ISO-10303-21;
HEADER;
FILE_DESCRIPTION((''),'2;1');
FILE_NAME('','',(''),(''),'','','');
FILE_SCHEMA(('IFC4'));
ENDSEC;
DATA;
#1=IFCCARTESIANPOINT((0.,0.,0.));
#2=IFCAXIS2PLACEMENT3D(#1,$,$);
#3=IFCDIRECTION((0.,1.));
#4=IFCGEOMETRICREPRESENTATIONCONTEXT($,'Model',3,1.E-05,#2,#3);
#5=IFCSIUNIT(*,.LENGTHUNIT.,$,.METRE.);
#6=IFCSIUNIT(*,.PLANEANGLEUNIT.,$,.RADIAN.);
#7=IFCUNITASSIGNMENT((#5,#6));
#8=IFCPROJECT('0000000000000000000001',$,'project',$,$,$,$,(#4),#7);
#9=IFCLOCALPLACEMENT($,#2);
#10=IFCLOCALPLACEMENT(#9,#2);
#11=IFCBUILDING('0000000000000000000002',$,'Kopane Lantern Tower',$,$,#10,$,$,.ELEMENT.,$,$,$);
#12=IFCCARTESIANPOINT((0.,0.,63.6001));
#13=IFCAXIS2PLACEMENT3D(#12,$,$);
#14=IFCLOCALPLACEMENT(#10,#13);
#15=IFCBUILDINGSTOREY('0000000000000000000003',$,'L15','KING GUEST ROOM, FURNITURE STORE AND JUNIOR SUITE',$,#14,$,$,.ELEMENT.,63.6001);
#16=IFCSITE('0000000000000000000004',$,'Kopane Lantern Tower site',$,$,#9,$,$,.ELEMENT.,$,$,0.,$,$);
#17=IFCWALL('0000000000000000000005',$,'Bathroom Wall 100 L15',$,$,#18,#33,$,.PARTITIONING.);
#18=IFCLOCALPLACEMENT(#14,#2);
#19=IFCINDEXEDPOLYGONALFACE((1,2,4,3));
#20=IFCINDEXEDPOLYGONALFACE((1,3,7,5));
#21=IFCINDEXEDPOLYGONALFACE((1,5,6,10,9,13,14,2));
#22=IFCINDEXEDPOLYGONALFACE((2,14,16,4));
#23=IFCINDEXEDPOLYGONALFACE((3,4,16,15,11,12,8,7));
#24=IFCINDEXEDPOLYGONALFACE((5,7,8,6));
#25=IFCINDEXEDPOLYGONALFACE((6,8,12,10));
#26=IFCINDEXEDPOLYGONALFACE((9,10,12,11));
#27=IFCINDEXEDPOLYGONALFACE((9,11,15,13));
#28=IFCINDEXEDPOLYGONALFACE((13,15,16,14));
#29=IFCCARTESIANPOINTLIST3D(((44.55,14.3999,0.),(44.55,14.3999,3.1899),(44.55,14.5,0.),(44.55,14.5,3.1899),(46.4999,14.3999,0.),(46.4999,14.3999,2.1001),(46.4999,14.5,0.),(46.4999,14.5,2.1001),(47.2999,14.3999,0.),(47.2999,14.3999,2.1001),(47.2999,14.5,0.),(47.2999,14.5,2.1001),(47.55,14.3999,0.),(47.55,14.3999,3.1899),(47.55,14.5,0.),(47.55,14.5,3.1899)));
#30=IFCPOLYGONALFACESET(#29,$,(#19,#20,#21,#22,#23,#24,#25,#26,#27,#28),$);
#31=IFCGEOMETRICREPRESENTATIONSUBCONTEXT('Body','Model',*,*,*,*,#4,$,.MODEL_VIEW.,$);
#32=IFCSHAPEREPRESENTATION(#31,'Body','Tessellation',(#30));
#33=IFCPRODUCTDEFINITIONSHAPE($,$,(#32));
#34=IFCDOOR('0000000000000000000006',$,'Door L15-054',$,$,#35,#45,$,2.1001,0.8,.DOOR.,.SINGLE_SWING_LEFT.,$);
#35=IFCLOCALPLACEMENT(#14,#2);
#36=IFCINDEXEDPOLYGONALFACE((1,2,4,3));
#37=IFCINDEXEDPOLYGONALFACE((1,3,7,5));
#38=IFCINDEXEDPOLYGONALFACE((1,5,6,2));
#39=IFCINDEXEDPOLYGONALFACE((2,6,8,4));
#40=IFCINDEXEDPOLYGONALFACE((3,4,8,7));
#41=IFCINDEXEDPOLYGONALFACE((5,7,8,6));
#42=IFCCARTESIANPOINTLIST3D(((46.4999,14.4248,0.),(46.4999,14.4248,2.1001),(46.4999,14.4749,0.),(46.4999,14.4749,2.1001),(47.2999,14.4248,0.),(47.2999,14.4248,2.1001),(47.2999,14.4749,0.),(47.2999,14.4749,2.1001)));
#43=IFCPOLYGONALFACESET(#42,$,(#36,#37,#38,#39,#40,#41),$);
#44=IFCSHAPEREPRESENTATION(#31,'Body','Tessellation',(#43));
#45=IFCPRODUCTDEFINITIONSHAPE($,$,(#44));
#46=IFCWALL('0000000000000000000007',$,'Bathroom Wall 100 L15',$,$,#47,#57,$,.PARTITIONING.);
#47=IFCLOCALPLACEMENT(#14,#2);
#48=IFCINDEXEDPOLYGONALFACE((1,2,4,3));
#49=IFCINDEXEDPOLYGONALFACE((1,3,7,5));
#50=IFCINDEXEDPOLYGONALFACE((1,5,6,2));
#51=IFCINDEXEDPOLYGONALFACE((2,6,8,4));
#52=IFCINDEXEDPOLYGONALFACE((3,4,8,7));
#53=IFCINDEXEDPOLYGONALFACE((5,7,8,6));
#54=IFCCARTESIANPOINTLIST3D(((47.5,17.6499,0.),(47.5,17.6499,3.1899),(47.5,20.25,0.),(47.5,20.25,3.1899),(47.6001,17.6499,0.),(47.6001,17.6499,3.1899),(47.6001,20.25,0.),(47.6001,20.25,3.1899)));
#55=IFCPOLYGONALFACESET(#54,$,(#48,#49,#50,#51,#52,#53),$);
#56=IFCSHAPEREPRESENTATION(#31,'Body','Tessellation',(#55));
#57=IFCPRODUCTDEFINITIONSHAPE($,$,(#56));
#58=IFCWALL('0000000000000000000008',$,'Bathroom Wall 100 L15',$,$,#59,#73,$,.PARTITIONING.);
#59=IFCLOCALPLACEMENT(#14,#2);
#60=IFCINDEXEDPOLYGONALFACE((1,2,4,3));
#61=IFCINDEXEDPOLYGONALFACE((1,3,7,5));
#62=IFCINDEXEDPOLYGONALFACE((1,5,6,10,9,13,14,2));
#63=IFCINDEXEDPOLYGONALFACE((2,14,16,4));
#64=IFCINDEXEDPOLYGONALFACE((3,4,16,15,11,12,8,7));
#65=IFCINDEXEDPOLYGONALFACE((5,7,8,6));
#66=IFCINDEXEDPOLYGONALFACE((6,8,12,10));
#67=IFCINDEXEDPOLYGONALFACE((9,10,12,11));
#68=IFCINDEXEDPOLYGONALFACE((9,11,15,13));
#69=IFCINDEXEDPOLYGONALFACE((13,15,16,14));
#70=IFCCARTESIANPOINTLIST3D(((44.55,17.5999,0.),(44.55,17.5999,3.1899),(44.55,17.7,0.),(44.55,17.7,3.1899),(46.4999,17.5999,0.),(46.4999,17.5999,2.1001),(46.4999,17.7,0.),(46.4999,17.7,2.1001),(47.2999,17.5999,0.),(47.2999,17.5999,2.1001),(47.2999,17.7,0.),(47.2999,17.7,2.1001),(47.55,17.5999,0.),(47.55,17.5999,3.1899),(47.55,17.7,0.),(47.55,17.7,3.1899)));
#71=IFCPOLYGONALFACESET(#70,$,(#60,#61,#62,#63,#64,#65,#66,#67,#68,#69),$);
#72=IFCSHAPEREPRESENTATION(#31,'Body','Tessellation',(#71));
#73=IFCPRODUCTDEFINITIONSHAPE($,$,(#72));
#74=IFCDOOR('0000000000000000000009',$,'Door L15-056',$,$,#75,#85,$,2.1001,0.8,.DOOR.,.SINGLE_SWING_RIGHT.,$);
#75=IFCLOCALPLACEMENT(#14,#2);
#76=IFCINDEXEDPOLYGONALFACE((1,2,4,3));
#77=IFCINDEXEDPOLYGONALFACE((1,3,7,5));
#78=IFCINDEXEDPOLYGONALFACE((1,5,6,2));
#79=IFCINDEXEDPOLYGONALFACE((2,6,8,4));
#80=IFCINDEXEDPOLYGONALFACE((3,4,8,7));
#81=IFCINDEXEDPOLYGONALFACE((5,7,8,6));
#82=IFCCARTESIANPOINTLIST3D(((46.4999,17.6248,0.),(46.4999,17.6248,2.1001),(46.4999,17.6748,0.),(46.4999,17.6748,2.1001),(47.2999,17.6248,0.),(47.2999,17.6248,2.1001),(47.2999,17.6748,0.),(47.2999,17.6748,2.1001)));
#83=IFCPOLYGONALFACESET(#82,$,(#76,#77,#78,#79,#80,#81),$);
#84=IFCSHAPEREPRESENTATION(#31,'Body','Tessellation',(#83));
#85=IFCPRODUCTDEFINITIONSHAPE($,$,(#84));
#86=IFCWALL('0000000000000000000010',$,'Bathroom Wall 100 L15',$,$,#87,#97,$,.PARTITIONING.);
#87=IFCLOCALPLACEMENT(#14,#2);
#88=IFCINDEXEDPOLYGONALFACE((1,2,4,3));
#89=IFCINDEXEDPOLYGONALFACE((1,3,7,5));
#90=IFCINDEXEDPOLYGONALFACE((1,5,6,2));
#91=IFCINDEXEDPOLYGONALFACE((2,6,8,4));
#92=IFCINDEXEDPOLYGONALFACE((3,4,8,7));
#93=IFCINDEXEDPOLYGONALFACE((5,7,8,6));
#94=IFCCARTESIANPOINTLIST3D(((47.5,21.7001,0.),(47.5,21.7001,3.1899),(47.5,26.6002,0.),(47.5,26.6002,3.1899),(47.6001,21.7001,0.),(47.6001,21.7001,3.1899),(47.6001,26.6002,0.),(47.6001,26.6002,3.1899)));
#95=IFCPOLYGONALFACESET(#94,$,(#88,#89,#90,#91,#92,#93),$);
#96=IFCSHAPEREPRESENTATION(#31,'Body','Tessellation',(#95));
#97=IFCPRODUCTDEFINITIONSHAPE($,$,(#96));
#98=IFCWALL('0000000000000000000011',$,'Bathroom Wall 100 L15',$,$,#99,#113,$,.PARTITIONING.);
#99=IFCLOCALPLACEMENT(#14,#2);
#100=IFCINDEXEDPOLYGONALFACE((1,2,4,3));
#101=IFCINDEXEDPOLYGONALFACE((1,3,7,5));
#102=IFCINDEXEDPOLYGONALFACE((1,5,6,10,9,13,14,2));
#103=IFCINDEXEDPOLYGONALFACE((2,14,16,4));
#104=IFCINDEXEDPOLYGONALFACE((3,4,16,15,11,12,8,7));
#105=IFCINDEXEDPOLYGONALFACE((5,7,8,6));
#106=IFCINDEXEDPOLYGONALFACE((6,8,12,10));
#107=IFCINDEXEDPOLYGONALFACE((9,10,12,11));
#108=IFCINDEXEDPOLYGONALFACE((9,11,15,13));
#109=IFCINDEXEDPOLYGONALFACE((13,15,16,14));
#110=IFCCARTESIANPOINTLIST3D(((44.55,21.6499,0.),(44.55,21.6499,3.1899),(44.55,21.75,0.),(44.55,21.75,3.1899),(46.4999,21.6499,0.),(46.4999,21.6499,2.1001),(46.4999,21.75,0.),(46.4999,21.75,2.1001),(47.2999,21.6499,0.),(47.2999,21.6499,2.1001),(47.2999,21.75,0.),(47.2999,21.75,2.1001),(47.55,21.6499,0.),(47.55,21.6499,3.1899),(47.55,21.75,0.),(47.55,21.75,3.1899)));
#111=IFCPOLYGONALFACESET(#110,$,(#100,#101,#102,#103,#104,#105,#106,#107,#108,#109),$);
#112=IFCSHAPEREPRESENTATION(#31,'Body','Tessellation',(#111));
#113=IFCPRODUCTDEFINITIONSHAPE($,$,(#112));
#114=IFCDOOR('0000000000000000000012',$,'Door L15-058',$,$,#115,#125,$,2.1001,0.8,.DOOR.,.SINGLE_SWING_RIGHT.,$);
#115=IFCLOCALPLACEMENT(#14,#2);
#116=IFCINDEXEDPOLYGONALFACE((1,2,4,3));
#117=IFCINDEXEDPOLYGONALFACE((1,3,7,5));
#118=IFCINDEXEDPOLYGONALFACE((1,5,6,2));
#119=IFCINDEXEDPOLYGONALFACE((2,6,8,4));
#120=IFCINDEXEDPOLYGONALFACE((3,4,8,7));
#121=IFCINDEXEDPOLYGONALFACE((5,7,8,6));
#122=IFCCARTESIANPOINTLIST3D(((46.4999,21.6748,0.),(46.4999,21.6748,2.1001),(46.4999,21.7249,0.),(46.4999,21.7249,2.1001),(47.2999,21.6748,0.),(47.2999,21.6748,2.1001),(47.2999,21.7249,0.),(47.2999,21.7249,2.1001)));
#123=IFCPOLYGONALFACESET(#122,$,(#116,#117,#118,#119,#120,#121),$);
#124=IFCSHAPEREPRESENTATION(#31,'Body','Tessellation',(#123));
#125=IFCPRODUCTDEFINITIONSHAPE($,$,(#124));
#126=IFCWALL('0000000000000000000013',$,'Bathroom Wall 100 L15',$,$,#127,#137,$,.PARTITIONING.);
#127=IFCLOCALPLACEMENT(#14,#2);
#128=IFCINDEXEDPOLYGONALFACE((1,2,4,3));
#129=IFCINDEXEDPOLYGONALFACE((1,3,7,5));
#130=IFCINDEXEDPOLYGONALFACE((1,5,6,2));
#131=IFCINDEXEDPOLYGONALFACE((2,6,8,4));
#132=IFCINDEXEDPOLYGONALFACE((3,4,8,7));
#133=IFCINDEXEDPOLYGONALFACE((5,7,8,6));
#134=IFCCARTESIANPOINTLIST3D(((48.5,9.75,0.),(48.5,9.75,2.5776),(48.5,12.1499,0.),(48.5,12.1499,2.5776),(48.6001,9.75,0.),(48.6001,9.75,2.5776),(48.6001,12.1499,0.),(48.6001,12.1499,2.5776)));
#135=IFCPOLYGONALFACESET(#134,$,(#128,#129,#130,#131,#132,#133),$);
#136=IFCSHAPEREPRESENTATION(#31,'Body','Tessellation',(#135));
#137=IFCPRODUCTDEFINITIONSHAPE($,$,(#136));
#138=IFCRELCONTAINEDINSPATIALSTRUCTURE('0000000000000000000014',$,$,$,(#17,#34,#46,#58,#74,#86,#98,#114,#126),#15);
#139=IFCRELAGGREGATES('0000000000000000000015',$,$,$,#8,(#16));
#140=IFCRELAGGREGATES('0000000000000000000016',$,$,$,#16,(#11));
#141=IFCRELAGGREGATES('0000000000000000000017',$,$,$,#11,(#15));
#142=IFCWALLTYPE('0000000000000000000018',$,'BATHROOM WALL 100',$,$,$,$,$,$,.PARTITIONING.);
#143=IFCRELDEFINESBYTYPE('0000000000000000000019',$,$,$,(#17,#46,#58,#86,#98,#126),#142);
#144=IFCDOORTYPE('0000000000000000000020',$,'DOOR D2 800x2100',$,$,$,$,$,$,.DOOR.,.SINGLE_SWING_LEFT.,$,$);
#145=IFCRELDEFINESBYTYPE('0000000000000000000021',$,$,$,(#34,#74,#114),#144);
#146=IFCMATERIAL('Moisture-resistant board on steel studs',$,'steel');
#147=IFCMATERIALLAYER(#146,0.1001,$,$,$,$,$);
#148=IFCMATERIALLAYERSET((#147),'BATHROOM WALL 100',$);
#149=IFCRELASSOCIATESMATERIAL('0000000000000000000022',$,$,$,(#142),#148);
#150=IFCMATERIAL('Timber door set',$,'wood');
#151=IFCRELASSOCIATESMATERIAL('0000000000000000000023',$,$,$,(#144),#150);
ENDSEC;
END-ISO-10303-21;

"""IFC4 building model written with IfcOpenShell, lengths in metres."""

from ifc_helpers import new_model, si_unit, direction, frame, frame_2d, origin, place, context, subcontext, project, spatial, rectangle, extrude, material, layer, layer_set, type_object, element, fill, save


model = new_model("IFC4")

# Units and contexts
model_context = context("Model", 3, precision=1e-05, world=origin(), true_north=direction((0.0, 1.0)))
body_context = subcontext(model_context, "Body", "Model", "MODEL_VIEW")
ifc_project = project(units=[si_unit("LENGTHUNIT", "METRE"), si_unit("PLANEANGLEUNIT", "RADIAN")], contexts=[model_context])

# Site, building, storey
site_placement = place(None, origin())
site = spatial("IfcSite", under=ifc_project, at=site_placement, Name="Kopane Lantern Tower site", CompositionType="ELEMENT", RefElevation=0.0)
building_placement = place(site_placement, origin())
building = spatial("IfcBuilding", under=site, at=building_placement, Name="Kopane Lantern Tower", CompositionType="ELEMENT")
storey_placement = place(building_placement, frame((0.0, 0.0, 63.6001)))
storey = spatial("IfcBuildingStorey", under=building, at=storey_placement, Name="L15", Description="KING GUEST ROOM, FURNITURE STORE AND JUNIOR SUITE", CompositionType="ELEMENT", Elevation=63.6001)

# Wall, opening, door
ifc_material_1 = material(Name="Moisture-resistant board on steel studs", Category="steel")
ifc_layer_1 = layer(ifc_material_1, 0.1001)
ifc_layer_set_1 = layer_set([ifc_layer_1], Name="BATHROOM WALL 100")
wall_type_1 = type_object("IfcWallType", Name="BATHROOM WALL 100", PredefinedType="PARTITIONING", material=ifc_layer_set_1)
wall_1_placement = place(storey_placement, frame((44.55, 14.45, 0.0), z_axis=(0.0, 0.0, 1.0), x_axis=(1.0, 0.0, 0.0)))
wall_1 = element("IfcWall", 1, at=wall_1_placement, inside=storey, type_object=wall_type_1, Name="Bathroom Wall 100 L15", PredefinedType="PARTITIONING", context=body_context, shape_type="SweptSolid", body=[
    extrude(rectangle(XDim=3.0, YDim=0.1001, at=frame_2d((1.5, 0.0))), origin(), (0.0, 0.0, 1.0), 3.1899),
])
opening_1_placement = place(wall_1_placement, frame((1.95, 0.0, 0.0)))
opening_1 = element("IfcOpeningElement", 2, at=opening_1_placement, cuts=wall_1, PredefinedType="OPENING", context=body_context, shape_type="SweptSolid", body=[
    extrude(rectangle(XDim=0.8, YDim=2.1001, at=frame_2d((0.3999, 1.05))), frame((0.0, 0.0601, 0.0), z_axis=(0.0, -1.0, 0.0), x_axis=(1.0, 0.0, 0.0)), (0.0, 0.0, 1.0), 0.1201),
])
ifc_material_2 = material(Name="Timber door set", Category="wood")
door_type_1 = type_object("IfcDoorType", Name="DOOR D2 800x2100", OperationType="SINGLE_SWING_LEFT", PredefinedType="DOOR", material=ifc_material_2)
door_1_placement = place(opening_1_placement, origin())
door_1 = element("IfcDoor", 3, at=door_1_placement, inside=storey, type_object=door_type_1, Name="Door L15-054", OperationType="SINGLE_SWING_LEFT", OverallHeight=2.1001, OverallWidth=0.8, PredefinedType="DOOR", context=body_context, shape_type="SweptSolid", body=[
    extrude(rectangle(XDim=0.8, YDim=2.1001, at=frame_2d((0.3999, 1.05))), frame((0.0, 0.0249, 0.0), z_axis=(0.0, -1.0, 0.0), x_axis=(1.0, 0.0, 0.0)), (0.0, 0.0, 1.0), 0.05),
])
fill(opening_1, door_1)

# Wall
wall_2_placement = place(storey_placement, frame((47.55, 17.6499, 0.0), z_axis=(0.0, 0.0, 1.0), x_axis=(0.0, 1.0, 0.0)))
element("IfcWall", 4, at=wall_2_placement, inside=storey, type_object=wall_type_1, Name="Bathroom Wall 100 L15", PredefinedType="PARTITIONING", context=body_context, shape_type="SweptSolid", body=[
    extrude(rectangle(XDim=2.6001, YDim=0.1001, at=frame_2d((1.3, 0.0))), origin(), (0.0, 0.0, 1.0), 3.1899),
])

# Wall, opening, door
wall_3_placement = place(storey_placement, frame((44.55, 17.6499, 0.0), z_axis=(0.0, 0.0, 1.0), x_axis=(1.0, 0.0, 0.0)))
wall_3 = element("IfcWall", 5, at=wall_3_placement, inside=storey, type_object=wall_type_1, Name="Bathroom Wall 100 L15", PredefinedType="PARTITIONING", context=body_context, shape_type="SweptSolid", body=[
    extrude(rectangle(XDim=3.0, YDim=0.1001, at=frame_2d((1.5, 0.0))), origin(), (0.0, 0.0, 1.0), 3.1899),
])
opening_2_placement = place(wall_3_placement, frame((1.95, 0.0, 0.0)))
opening_2 = element("IfcOpeningElement", 6, at=opening_2_placement, cuts=wall_3, PredefinedType="OPENING", context=body_context, shape_type="SweptSolid", body=[
    extrude(rectangle(XDim=0.8, YDim=2.1001, at=frame_2d((0.3999, 1.05))), frame((0.0, 0.0601, 0.0), z_axis=(0.0, -1.0, 0.0), x_axis=(1.0, 0.0, 0.0)), (0.0, 0.0, 1.0), 0.1201),
])
door_2_placement = place(opening_2_placement, origin())
door_2 = element("IfcDoor", 7, at=door_2_placement, inside=storey, type_object=door_type_1, Name="Door L15-056", OperationType="SINGLE_SWING_RIGHT", OverallHeight=2.1001, OverallWidth=0.8, PredefinedType="DOOR", context=body_context, shape_type="SweptSolid", body=[
    extrude(rectangle(XDim=0.8, YDim=2.1001, at=frame_2d((0.3999, 1.05))), frame((0.0, 0.0249, 0.0), z_axis=(0.0, -1.0, 0.0), x_axis=(1.0, 0.0, 0.0)), (0.0, 0.0, 1.0), 0.05),
])
fill(opening_2, door_2)

# Wall
wall_4_placement = place(storey_placement, frame((47.55, 21.7, 0.0), z_axis=(0.0, 0.0, 1.0), x_axis=(0.0, 1.0, 0.0)))
element("IfcWall", 8, at=wall_4_placement, inside=storey, type_object=wall_type_1, Name="Bathroom Wall 100 L15", PredefinedType="PARTITIONING", context=body_context, shape_type="SweptSolid", body=[
    extrude(rectangle(XDim=4.9001, YDim=0.1001, at=frame_2d((2.4502, 0.0))), origin(), (0.0, 0.0, 1.0), 3.1899),
])

# Wall, opening, door
wall_5_placement = place(storey_placement, frame((44.55, 21.7, 0.0), z_axis=(0.0, 0.0, 1.0), x_axis=(1.0, 0.0, 0.0)))
wall_5 = element("IfcWall", 9, at=wall_5_placement, inside=storey, type_object=wall_type_1, Name="Bathroom Wall 100 L15", PredefinedType="PARTITIONING", context=body_context, shape_type="SweptSolid", body=[
    extrude(rectangle(XDim=3.0, YDim=0.1001, at=frame_2d((1.5, 0.0))), origin(), (0.0, 0.0, 1.0), 3.1899),
])
opening_3_placement = place(wall_5_placement, frame((1.95, 0.0, 0.0)))
opening_3 = element("IfcOpeningElement", 10, at=opening_3_placement, cuts=wall_5, PredefinedType="OPENING", context=body_context, shape_type="SweptSolid", body=[
    extrude(rectangle(XDim=0.8, YDim=2.1001, at=frame_2d((0.3999, 1.05))), frame((0.0, 0.0601, 0.0), z_axis=(0.0, -1.0, 0.0), x_axis=(1.0, 0.0, 0.0)), (0.0, 0.0, 1.0), 0.1201),
])
door_3_placement = place(opening_3_placement, origin())
door_3 = element("IfcDoor", 11, at=door_3_placement, inside=storey, type_object=door_type_1, Name="Door L15-058", OperationType="SINGLE_SWING_RIGHT", OverallHeight=2.1001, OverallWidth=0.8, PredefinedType="DOOR", context=body_context, shape_type="SweptSolid", body=[
    extrude(rectangle(XDim=0.8, YDim=2.1001, at=frame_2d((0.3999, 1.05))), frame((0.0, 0.0249, 0.0), z_axis=(0.0, -1.0, 0.0), x_axis=(1.0, 0.0, 0.0)), (0.0, 0.0, 1.0), 0.05),
])
fill(opening_3, door_3)

# Wall
wall_6_placement = place(storey_placement, frame((48.55, 12.1499, 0.0), z_axis=(0.0, 0.0, 1.0), x_axis=(0.0, -1.0, 0.0)))
element("IfcWall", 12, at=wall_6_placement, inside=storey, type_object=wall_type_1, Name="Bathroom Wall 100 L15", PredefinedType="PARTITIONING", context=body_context, shape_type="SweptSolid", body=[
    extrude(rectangle(XDim=2.3999, YDim=0.1001, at=frame_2d((1.2, 0.0))), origin(), (0.0, 0.0, 1.0), 2.5776),
])

save(model, "model.ifc")
